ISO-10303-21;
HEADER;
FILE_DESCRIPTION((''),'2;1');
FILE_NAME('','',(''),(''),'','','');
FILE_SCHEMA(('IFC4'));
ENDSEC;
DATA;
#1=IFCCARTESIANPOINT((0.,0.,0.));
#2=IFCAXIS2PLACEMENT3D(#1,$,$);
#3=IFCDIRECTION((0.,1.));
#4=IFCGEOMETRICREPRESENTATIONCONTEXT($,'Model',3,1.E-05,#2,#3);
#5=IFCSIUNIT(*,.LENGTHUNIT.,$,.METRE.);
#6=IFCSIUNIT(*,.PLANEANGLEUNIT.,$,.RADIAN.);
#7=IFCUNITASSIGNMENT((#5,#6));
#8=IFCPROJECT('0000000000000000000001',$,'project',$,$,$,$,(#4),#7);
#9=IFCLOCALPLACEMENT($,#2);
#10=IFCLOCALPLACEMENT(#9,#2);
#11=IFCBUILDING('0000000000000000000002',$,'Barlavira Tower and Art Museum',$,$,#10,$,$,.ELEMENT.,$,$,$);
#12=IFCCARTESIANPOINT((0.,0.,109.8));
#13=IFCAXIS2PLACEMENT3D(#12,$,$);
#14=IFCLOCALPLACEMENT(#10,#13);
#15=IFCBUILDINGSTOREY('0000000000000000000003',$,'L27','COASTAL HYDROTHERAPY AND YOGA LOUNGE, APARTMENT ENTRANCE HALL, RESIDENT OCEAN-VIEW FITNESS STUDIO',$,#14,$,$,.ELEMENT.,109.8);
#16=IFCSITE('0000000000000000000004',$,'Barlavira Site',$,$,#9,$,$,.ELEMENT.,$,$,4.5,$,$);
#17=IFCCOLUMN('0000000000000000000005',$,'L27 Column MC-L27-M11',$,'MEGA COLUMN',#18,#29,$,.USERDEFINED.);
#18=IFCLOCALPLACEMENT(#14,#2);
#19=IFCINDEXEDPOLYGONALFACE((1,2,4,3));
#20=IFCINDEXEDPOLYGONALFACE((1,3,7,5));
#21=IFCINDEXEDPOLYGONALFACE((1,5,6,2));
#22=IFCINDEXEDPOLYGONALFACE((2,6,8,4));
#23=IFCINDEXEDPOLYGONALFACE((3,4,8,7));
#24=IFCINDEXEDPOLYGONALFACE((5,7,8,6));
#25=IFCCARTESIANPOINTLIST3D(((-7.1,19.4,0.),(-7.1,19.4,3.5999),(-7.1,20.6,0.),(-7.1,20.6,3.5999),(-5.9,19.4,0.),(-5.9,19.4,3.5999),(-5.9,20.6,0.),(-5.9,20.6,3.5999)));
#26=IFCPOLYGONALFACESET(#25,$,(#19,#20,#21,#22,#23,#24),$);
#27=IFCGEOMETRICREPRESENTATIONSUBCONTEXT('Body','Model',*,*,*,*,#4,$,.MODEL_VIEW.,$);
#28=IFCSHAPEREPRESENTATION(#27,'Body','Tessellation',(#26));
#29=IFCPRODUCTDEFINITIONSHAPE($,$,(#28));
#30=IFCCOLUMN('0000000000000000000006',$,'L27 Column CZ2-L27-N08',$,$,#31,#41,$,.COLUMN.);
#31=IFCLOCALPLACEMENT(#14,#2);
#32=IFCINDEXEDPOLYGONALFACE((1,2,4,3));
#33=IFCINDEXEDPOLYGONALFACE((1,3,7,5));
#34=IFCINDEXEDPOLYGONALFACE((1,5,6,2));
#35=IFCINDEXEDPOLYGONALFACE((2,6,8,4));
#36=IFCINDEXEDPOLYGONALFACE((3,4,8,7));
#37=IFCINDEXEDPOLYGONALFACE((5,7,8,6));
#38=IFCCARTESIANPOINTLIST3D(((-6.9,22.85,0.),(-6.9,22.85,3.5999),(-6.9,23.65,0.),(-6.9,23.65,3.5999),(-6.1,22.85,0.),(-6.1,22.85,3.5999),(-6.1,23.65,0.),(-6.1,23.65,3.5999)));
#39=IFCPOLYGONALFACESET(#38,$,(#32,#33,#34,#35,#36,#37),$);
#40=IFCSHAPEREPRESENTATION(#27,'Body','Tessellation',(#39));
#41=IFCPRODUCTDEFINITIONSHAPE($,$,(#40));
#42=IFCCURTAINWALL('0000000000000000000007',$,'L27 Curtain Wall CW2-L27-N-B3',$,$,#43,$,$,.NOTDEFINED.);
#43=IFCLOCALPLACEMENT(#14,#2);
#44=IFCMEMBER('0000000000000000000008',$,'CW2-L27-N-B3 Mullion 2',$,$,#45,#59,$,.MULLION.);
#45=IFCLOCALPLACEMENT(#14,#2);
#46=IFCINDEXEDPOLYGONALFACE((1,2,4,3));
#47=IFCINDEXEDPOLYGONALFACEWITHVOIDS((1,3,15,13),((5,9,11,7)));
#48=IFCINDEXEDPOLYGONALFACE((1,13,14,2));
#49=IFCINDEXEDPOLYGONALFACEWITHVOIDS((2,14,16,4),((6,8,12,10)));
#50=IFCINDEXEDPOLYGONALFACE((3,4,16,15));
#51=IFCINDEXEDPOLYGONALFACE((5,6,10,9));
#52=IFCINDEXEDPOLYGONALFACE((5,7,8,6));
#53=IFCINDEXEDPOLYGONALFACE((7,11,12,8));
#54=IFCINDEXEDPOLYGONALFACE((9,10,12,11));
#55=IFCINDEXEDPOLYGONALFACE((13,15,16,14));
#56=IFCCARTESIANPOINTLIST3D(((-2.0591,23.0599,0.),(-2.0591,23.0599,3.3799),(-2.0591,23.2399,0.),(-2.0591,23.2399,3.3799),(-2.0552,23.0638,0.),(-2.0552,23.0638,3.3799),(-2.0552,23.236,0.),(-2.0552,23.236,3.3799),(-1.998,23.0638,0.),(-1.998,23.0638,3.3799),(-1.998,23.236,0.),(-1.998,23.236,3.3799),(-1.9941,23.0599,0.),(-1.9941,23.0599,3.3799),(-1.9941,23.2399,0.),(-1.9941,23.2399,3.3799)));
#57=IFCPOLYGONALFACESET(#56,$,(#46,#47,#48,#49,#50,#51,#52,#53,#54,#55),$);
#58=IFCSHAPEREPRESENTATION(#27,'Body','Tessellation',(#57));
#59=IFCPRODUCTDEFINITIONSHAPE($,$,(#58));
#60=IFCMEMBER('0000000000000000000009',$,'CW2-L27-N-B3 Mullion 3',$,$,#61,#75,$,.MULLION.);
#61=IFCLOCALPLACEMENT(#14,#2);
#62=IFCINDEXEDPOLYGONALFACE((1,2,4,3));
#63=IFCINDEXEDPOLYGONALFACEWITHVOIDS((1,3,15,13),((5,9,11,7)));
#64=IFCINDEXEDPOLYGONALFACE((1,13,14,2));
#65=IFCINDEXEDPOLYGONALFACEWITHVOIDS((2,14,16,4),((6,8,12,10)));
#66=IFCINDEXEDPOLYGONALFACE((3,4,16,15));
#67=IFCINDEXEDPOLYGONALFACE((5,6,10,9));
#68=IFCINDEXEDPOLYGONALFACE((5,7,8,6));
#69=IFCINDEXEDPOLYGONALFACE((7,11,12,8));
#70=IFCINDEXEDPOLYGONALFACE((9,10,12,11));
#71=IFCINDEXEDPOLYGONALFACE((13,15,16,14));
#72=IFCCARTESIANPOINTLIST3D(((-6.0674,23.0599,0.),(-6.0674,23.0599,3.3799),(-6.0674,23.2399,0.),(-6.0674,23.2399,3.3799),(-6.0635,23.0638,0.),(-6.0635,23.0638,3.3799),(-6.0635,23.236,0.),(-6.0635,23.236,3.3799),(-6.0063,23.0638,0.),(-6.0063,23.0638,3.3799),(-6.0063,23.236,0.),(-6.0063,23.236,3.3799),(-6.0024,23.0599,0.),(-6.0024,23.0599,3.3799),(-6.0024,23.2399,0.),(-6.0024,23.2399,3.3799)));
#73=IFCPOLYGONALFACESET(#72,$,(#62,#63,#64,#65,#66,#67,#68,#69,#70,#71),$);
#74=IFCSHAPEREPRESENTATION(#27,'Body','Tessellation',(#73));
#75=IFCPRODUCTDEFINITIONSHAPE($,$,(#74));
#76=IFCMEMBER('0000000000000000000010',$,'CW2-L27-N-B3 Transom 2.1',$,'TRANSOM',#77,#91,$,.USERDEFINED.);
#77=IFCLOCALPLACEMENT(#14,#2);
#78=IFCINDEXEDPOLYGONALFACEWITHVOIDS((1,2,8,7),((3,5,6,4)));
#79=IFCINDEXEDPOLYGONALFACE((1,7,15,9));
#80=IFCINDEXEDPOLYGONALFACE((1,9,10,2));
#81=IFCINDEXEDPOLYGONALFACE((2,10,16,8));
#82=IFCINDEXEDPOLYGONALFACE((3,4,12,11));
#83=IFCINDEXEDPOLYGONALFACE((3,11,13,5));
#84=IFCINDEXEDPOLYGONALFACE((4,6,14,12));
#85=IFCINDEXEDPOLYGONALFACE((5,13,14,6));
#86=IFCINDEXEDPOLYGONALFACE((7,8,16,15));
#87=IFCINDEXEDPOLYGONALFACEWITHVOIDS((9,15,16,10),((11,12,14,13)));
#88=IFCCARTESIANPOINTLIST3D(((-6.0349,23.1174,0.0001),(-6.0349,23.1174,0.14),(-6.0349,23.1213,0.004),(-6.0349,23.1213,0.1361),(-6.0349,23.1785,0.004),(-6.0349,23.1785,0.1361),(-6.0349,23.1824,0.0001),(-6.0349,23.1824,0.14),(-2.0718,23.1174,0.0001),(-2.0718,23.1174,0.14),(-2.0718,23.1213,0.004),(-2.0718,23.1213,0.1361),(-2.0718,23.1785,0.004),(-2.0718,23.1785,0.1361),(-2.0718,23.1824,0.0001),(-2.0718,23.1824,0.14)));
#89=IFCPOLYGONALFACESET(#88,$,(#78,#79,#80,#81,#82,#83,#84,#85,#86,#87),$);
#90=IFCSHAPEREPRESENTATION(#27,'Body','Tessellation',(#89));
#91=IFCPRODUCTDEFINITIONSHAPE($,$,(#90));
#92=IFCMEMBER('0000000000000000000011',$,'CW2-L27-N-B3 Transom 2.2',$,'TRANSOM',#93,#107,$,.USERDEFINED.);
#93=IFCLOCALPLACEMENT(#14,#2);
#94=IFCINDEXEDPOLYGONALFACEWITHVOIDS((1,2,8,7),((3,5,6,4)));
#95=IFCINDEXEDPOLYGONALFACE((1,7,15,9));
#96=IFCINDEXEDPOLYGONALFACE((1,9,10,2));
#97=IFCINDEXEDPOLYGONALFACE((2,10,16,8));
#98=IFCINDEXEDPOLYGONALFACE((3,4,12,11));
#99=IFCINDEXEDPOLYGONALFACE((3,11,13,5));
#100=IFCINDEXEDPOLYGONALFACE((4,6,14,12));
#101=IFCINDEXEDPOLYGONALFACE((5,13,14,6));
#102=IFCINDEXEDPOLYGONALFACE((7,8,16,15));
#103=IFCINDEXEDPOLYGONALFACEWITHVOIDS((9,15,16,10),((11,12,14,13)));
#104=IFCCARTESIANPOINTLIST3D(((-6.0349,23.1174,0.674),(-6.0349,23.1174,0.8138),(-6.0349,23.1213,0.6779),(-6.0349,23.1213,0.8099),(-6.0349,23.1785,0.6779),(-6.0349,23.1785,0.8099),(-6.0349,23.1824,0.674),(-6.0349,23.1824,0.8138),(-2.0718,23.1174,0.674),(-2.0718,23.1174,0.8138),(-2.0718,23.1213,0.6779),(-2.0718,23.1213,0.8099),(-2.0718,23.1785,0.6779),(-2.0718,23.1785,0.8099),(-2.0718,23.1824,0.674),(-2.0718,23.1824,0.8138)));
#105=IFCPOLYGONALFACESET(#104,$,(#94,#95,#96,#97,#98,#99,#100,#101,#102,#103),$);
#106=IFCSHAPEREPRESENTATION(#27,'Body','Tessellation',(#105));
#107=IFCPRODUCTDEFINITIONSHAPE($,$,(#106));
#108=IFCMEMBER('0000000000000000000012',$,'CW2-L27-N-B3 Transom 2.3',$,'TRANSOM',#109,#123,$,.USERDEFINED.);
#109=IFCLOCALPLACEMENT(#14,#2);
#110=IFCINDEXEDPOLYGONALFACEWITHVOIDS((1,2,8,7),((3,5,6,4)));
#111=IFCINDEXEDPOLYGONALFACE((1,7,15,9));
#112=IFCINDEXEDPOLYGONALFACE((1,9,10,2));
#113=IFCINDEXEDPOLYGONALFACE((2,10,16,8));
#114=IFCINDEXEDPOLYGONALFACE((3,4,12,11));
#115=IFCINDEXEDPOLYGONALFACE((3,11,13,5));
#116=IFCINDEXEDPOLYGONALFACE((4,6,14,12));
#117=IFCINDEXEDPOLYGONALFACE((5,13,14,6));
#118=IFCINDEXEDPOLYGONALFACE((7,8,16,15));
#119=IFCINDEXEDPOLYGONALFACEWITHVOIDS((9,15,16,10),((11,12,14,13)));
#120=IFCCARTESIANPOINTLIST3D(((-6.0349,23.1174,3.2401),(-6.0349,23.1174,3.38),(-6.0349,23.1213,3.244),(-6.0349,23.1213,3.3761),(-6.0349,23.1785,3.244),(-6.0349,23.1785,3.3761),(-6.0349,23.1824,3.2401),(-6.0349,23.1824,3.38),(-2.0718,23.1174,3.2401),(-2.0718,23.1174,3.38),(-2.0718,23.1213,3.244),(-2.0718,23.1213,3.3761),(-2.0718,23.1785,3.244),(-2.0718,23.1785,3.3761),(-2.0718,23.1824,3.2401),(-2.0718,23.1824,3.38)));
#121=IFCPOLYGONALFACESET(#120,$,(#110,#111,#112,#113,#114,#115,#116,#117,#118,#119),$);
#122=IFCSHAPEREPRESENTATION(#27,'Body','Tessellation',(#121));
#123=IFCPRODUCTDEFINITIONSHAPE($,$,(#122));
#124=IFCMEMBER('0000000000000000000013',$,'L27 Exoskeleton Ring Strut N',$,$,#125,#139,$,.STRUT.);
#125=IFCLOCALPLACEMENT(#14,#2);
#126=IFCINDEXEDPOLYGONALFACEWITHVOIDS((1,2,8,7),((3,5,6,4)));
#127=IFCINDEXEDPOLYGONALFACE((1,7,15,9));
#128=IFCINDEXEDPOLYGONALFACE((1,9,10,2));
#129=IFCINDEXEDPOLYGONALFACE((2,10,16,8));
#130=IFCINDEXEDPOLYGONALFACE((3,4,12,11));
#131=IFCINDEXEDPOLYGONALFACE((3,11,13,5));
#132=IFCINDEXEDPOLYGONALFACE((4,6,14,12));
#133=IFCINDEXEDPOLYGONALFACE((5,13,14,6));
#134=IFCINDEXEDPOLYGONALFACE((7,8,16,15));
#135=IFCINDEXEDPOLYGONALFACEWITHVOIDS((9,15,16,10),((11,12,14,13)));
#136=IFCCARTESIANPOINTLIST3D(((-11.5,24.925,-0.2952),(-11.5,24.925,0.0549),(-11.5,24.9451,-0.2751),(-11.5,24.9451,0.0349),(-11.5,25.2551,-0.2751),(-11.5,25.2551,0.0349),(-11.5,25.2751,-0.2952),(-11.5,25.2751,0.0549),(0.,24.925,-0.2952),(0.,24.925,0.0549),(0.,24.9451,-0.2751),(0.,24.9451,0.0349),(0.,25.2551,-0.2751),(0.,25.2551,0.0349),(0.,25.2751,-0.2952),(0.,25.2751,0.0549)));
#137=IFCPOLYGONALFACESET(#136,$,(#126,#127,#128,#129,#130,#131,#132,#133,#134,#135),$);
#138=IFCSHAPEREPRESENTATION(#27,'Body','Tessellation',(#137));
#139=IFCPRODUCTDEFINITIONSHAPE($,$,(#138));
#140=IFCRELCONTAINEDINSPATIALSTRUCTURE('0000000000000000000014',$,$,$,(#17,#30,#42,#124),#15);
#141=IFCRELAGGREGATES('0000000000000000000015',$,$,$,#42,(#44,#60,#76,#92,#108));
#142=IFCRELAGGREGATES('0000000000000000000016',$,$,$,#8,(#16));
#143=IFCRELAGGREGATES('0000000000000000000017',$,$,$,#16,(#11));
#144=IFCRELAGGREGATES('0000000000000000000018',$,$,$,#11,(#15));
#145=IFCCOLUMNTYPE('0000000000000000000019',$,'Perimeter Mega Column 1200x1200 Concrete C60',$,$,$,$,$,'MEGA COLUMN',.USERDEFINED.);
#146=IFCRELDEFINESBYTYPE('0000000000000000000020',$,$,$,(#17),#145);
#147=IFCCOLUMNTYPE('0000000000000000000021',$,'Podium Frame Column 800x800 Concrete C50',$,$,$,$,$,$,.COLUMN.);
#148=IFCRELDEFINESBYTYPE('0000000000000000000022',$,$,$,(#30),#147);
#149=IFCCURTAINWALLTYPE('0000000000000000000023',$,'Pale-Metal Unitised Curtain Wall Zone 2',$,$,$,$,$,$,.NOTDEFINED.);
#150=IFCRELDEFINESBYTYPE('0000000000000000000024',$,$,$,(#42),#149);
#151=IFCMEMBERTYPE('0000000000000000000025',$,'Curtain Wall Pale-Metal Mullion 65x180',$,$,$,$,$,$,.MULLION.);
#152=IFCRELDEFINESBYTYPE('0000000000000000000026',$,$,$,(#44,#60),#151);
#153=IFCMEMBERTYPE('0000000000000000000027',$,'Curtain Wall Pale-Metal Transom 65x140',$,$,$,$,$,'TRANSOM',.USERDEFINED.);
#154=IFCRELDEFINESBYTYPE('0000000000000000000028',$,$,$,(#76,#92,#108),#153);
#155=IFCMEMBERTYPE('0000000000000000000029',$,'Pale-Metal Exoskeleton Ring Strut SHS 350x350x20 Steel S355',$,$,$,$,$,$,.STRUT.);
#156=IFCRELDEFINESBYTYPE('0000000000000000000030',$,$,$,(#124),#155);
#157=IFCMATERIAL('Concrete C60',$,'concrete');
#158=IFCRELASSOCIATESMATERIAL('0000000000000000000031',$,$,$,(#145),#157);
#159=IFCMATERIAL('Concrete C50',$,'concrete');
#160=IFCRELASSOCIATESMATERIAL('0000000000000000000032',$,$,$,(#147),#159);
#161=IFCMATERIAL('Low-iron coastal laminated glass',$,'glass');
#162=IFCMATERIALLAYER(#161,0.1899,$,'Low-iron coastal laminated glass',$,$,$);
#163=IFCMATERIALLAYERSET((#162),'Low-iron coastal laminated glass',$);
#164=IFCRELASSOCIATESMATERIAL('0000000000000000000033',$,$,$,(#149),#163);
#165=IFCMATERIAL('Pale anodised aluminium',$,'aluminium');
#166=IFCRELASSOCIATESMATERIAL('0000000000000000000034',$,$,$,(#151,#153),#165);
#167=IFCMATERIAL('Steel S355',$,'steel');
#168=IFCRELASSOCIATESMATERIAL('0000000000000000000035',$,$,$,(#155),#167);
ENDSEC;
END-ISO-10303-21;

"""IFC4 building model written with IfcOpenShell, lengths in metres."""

from ifc_helpers import new_model, si_unit, direction, frame, origin, origin_2d, place, context, subcontext, project, spatial, rectangle, hollow_rectangle, extrude, material, layer, layer_set, material_profile, profile_set, type_object, element, aggregate, save


model = new_model("IFC4")

# Units and contexts
model_context = context("Model", 3, precision=1e-05, world=origin(), true_north=direction((0.0, 1.0)))
body_context = subcontext(model_context, "Body", "Model", "MODEL_VIEW")
ifc_project = project(units=[si_unit("LENGTHUNIT", "METRE"), si_unit("PLANEANGLEUNIT", "RADIAN")], contexts=[model_context])

# Site, building, storey
site_placement = place(None, origin())
site = spatial("IfcSite", under=ifc_project, at=site_placement, Name="Barlavira Site", CompositionType="ELEMENT", RefElevation=4.5)
building_placement = place(site_placement, origin())
building = spatial("IfcBuilding", under=site, at=building_placement, Name="Barlavira Tower and Art Museum", CompositionType="ELEMENT")
storey_placement = place(building_placement, frame((0.0, 0.0, 109.8)))
storey = spatial("IfcBuildingStorey", under=building, at=storey_placement, Name="L27", Description="COASTAL HYDROTHERAPY AND YOGA LOUNGE, APARTMENT ENTRANCE HALL, RESIDENT OCEAN-VIEW FITNESS STUDIO", CompositionType="ELEMENT", Elevation=109.8)

# Columns
ifc_material_1 = material(Name="Concrete C60", Category="concrete")
ifc_material_profile_1 = material_profile(ifc_material_1, rectangle(XDim=1.2, YDim=1.2, at=origin_2d()), Name="RC-COL 1200x1200")
ifc_profile_set_1 = profile_set([ifc_material_profile_1], Name="Concrete C60")
column_type_1 = type_object("IfcColumnType", Name="Perimeter Mega Column 1200x1200 Concrete C60", ElementType="MEGA COLUMN", PredefinedType="USERDEFINED", material=ifc_profile_set_1)
column_1_placement = place(storey_placement, frame((-6.5, 20.0, 0.0), z_axis=(0.0, 0.0, 1.0), x_axis=(1.0, 0.0, 0.0)))
element("IfcColumn", 1, at=column_1_placement, inside=storey, type_object=column_type_1, Name="L27 Column MC-L27-M11", ObjectType="MEGA COLUMN", PredefinedType="USERDEFINED", context=body_context, shape_type="SweptSolid", body=[
    extrude(rectangle(XDim=1.2, YDim=1.2, at=origin_2d()), origin(), (0.0, 0.0, 1.0), 3.5999),
])
ifc_material_2 = material(Name="Concrete C50", Category="concrete")
ifc_material_profile_2 = material_profile(ifc_material_2, rectangle(XDim=0.8, YDim=0.8, at=origin_2d()), Name="RC-COL 800x800")
ifc_profile_set_2 = profile_set([ifc_material_profile_2], Name="Concrete C50")
column_type_2 = type_object("IfcColumnType", Name="Podium Frame Column 800x800 Concrete C50", PredefinedType="COLUMN", material=ifc_profile_set_2)
column_2_placement = place(storey_placement, frame((-6.5, 23.25, 0.0), z_axis=(0.0, 0.0, 1.0), x_axis=(1.0, 0.0, 0.0)))
element("IfcColumn", 2, at=column_2_placement, inside=storey, type_object=column_type_2, Name="L27 Column CZ2-L27-N08", PredefinedType="COLUMN", context=body_context, shape_type="SweptSolid", body=[
    extrude(rectangle(XDim=0.8, YDim=0.8, at=origin_2d()), origin(), (0.0, 0.0, 1.0), 3.5999),
])

# Curtain wall, members
ifc_material_3 = material(Name="Low-iron coastal laminated glass", Category="glass")
ifc_layer_1 = layer(ifc_material_3, 0.1899, Name="Low-iron coastal laminated glass")
ifc_layer_set_1 = layer_set([ifc_layer_1], Name="Low-iron coastal laminated glass")
curtain_wall_type = type_object("IfcCurtainWallType", Name="Pale-Metal Unitised Curtain Wall Zone 2", PredefinedType="NOTDEFINED", material=ifc_layer_set_1)
curtain_wall_placement = place(storey_placement, origin())
curtain_wall = element("IfcCurtainWall", 3, at=curtain_wall_placement, inside=storey, type_object=curtain_wall_type, Name="L27 Curtain Wall CW2-L27-N-B3", PredefinedType="NOTDEFINED")
ifc_material_4 = material(Name="Pale anodised aluminium", Category="aluminium")
ifc_material_profile_3 = material_profile(ifc_material_4, hollow_rectangle(XDim=0.0649, YDim=0.1799, WallThickness=0.0039, at=origin_2d()), Name="ALU-MULL 65x180x4")
ifc_profile_set_3 = profile_set([ifc_material_profile_3], Name="Pale anodised aluminium")
member_type_1 = type_object("IfcMemberType", Name="Curtain Wall Pale-Metal Mullion 65x180", PredefinedType="MULLION", material=ifc_profile_set_3)
member_1_placement = place(storey_placement, frame((-2.0266, 23.1499, 0.0), z_axis=(0.0, 0.0, 1.0), x_axis=(-1.0, 0.0, 0.0)))
member_1 = element("IfcMember", 4, at=member_1_placement, type_object=member_type_1, Name="CW2-L27-N-B3 Mullion 2", PredefinedType="MULLION", context=body_context, shape_type="SweptSolid", body=[
    extrude(hollow_rectangle(XDim=0.0649, YDim=0.1799, WallThickness=0.0039, at=origin_2d()), origin(), (0.0, 0.0, 1.0), 3.3799),
])
member_2_placement = place(storey_placement, frame((-6.0349, 23.1499, 0.0), z_axis=(0.0, 0.0, 1.0), x_axis=(-1.0, 0.0, 0.0)))
member_2 = element("IfcMember", 5, at=member_2_placement, type_object=member_type_1, Name="CW2-L27-N-B3 Mullion 3", PredefinedType="MULLION", context=body_context, shape_type="SweptSolid", body=[
    extrude(hollow_rectangle(XDim=0.0649, YDim=0.1799, WallThickness=0.0039, at=origin_2d()), origin(), (0.0, 0.0, 1.0), 3.3799),
])
ifc_material_profile_4 = material_profile(ifc_material_4, hollow_rectangle(XDim=0.0649, YDim=0.1399, WallThickness=0.0039, at=origin_2d()), Name="ALU-TRAN 65x140x4")
ifc_profile_set_4 = profile_set([ifc_material_profile_4], Name="Pale anodised aluminium")
member_type_2 = type_object("IfcMemberType", Name="Curtain Wall Pale-Metal Transom 65x140", ElementType="TRANSOM", PredefinedType="USERDEFINED", material=ifc_profile_set_4)
member_3_placement = place(storey_placement, frame((-2.0718, 23.1499, 0.0701), z_axis=(-1.0, 0.0, 0.0), x_axis=(0.0, -1.0, 0.0)))
member_3 = element("IfcMember", 6, at=member_3_placement, type_object=member_type_2, Name="CW2-L27-N-B3 Transom 2.1", ObjectType="TRANSOM", PredefinedType="USERDEFINED", context=body_context, shape_type="SweptSolid", body=[
    extrude(hollow_rectangle(XDim=0.0649, YDim=0.1399, WallThickness=0.0039, at=origin_2d()), origin(), (0.0, 0.0, 1.0), 3.9631),
])
member_4_placement = place(storey_placement, frame((-2.0718, 23.1499, 0.7439), z_axis=(-1.0, 0.0, 0.0), x_axis=(0.0, -1.0, 0.0)))
member_4 = element("IfcMember", 7, at=member_4_placement, type_object=member_type_2, Name="CW2-L27-N-B3 Transom 2.2", ObjectType="TRANSOM", PredefinedType="USERDEFINED", context=body_context, shape_type="SweptSolid", body=[
    extrude(hollow_rectangle(XDim=0.0649, YDim=0.1399, WallThickness=0.0039, at=origin_2d()), origin(), (0.0, 0.0, 1.0), 3.9631),
])
member_5_placement = place(storey_placement, frame((-2.0718, 23.1499, 3.3101), z_axis=(-1.0, 0.0, 0.0), x_axis=(0.0, -1.0, 0.0)))
member_5 = element("IfcMember", 8, at=member_5_placement, type_object=member_type_2, Name="CW2-L27-N-B3 Transom 2.3", ObjectType="TRANSOM", PredefinedType="USERDEFINED", context=body_context, shape_type="SweptSolid", body=[
    extrude(hollow_rectangle(XDim=0.0649, YDim=0.1399, WallThickness=0.0039, at=origin_2d()), origin(), (0.0, 0.0, 1.0), 3.9631),
])

# Member
ifc_material_5 = material(Name="Steel S355", Category="steel")
ifc_material_profile_5 = material_profile(ifc_material_5, hollow_rectangle(XDim=0.3501, YDim=0.3501, WallThickness=0.02, at=origin_2d()), Name="SHS 350x350x20.0")
ifc_profile_set_5 = profile_set([ifc_material_profile_5], Name="Steel S355")
member_type_3 = type_object("IfcMemberType", Name="Pale-Metal Exoskeleton Ring Strut SHS 350x350x20 Steel S355", PredefinedType="STRUT", material=ifc_profile_set_5)
member_6_placement = place(storey_placement, frame((-11.5, 25.1001, -0.1201), z_axis=(1.0, 0.0, 0.0), x_axis=(0.0, 1.0, 0.0)))
element("IfcMember", 9, at=member_6_placement, inside=storey, type_object=member_type_3, Name="L27 Exoskeleton Ring Strut N", PredefinedType="STRUT", context=body_context, shape_type="SweptSolid", body=[
    extrude(hollow_rectangle(XDim=0.3501, YDim=0.3501, WallThickness=0.02, at=origin_2d()), origin(), (0.0, 0.0, 1.0), 11.5),
])

aggregate(curtain_wall, [member_1, member_2, member_3, member_4, member_5])

save(model, "model.ifc")
